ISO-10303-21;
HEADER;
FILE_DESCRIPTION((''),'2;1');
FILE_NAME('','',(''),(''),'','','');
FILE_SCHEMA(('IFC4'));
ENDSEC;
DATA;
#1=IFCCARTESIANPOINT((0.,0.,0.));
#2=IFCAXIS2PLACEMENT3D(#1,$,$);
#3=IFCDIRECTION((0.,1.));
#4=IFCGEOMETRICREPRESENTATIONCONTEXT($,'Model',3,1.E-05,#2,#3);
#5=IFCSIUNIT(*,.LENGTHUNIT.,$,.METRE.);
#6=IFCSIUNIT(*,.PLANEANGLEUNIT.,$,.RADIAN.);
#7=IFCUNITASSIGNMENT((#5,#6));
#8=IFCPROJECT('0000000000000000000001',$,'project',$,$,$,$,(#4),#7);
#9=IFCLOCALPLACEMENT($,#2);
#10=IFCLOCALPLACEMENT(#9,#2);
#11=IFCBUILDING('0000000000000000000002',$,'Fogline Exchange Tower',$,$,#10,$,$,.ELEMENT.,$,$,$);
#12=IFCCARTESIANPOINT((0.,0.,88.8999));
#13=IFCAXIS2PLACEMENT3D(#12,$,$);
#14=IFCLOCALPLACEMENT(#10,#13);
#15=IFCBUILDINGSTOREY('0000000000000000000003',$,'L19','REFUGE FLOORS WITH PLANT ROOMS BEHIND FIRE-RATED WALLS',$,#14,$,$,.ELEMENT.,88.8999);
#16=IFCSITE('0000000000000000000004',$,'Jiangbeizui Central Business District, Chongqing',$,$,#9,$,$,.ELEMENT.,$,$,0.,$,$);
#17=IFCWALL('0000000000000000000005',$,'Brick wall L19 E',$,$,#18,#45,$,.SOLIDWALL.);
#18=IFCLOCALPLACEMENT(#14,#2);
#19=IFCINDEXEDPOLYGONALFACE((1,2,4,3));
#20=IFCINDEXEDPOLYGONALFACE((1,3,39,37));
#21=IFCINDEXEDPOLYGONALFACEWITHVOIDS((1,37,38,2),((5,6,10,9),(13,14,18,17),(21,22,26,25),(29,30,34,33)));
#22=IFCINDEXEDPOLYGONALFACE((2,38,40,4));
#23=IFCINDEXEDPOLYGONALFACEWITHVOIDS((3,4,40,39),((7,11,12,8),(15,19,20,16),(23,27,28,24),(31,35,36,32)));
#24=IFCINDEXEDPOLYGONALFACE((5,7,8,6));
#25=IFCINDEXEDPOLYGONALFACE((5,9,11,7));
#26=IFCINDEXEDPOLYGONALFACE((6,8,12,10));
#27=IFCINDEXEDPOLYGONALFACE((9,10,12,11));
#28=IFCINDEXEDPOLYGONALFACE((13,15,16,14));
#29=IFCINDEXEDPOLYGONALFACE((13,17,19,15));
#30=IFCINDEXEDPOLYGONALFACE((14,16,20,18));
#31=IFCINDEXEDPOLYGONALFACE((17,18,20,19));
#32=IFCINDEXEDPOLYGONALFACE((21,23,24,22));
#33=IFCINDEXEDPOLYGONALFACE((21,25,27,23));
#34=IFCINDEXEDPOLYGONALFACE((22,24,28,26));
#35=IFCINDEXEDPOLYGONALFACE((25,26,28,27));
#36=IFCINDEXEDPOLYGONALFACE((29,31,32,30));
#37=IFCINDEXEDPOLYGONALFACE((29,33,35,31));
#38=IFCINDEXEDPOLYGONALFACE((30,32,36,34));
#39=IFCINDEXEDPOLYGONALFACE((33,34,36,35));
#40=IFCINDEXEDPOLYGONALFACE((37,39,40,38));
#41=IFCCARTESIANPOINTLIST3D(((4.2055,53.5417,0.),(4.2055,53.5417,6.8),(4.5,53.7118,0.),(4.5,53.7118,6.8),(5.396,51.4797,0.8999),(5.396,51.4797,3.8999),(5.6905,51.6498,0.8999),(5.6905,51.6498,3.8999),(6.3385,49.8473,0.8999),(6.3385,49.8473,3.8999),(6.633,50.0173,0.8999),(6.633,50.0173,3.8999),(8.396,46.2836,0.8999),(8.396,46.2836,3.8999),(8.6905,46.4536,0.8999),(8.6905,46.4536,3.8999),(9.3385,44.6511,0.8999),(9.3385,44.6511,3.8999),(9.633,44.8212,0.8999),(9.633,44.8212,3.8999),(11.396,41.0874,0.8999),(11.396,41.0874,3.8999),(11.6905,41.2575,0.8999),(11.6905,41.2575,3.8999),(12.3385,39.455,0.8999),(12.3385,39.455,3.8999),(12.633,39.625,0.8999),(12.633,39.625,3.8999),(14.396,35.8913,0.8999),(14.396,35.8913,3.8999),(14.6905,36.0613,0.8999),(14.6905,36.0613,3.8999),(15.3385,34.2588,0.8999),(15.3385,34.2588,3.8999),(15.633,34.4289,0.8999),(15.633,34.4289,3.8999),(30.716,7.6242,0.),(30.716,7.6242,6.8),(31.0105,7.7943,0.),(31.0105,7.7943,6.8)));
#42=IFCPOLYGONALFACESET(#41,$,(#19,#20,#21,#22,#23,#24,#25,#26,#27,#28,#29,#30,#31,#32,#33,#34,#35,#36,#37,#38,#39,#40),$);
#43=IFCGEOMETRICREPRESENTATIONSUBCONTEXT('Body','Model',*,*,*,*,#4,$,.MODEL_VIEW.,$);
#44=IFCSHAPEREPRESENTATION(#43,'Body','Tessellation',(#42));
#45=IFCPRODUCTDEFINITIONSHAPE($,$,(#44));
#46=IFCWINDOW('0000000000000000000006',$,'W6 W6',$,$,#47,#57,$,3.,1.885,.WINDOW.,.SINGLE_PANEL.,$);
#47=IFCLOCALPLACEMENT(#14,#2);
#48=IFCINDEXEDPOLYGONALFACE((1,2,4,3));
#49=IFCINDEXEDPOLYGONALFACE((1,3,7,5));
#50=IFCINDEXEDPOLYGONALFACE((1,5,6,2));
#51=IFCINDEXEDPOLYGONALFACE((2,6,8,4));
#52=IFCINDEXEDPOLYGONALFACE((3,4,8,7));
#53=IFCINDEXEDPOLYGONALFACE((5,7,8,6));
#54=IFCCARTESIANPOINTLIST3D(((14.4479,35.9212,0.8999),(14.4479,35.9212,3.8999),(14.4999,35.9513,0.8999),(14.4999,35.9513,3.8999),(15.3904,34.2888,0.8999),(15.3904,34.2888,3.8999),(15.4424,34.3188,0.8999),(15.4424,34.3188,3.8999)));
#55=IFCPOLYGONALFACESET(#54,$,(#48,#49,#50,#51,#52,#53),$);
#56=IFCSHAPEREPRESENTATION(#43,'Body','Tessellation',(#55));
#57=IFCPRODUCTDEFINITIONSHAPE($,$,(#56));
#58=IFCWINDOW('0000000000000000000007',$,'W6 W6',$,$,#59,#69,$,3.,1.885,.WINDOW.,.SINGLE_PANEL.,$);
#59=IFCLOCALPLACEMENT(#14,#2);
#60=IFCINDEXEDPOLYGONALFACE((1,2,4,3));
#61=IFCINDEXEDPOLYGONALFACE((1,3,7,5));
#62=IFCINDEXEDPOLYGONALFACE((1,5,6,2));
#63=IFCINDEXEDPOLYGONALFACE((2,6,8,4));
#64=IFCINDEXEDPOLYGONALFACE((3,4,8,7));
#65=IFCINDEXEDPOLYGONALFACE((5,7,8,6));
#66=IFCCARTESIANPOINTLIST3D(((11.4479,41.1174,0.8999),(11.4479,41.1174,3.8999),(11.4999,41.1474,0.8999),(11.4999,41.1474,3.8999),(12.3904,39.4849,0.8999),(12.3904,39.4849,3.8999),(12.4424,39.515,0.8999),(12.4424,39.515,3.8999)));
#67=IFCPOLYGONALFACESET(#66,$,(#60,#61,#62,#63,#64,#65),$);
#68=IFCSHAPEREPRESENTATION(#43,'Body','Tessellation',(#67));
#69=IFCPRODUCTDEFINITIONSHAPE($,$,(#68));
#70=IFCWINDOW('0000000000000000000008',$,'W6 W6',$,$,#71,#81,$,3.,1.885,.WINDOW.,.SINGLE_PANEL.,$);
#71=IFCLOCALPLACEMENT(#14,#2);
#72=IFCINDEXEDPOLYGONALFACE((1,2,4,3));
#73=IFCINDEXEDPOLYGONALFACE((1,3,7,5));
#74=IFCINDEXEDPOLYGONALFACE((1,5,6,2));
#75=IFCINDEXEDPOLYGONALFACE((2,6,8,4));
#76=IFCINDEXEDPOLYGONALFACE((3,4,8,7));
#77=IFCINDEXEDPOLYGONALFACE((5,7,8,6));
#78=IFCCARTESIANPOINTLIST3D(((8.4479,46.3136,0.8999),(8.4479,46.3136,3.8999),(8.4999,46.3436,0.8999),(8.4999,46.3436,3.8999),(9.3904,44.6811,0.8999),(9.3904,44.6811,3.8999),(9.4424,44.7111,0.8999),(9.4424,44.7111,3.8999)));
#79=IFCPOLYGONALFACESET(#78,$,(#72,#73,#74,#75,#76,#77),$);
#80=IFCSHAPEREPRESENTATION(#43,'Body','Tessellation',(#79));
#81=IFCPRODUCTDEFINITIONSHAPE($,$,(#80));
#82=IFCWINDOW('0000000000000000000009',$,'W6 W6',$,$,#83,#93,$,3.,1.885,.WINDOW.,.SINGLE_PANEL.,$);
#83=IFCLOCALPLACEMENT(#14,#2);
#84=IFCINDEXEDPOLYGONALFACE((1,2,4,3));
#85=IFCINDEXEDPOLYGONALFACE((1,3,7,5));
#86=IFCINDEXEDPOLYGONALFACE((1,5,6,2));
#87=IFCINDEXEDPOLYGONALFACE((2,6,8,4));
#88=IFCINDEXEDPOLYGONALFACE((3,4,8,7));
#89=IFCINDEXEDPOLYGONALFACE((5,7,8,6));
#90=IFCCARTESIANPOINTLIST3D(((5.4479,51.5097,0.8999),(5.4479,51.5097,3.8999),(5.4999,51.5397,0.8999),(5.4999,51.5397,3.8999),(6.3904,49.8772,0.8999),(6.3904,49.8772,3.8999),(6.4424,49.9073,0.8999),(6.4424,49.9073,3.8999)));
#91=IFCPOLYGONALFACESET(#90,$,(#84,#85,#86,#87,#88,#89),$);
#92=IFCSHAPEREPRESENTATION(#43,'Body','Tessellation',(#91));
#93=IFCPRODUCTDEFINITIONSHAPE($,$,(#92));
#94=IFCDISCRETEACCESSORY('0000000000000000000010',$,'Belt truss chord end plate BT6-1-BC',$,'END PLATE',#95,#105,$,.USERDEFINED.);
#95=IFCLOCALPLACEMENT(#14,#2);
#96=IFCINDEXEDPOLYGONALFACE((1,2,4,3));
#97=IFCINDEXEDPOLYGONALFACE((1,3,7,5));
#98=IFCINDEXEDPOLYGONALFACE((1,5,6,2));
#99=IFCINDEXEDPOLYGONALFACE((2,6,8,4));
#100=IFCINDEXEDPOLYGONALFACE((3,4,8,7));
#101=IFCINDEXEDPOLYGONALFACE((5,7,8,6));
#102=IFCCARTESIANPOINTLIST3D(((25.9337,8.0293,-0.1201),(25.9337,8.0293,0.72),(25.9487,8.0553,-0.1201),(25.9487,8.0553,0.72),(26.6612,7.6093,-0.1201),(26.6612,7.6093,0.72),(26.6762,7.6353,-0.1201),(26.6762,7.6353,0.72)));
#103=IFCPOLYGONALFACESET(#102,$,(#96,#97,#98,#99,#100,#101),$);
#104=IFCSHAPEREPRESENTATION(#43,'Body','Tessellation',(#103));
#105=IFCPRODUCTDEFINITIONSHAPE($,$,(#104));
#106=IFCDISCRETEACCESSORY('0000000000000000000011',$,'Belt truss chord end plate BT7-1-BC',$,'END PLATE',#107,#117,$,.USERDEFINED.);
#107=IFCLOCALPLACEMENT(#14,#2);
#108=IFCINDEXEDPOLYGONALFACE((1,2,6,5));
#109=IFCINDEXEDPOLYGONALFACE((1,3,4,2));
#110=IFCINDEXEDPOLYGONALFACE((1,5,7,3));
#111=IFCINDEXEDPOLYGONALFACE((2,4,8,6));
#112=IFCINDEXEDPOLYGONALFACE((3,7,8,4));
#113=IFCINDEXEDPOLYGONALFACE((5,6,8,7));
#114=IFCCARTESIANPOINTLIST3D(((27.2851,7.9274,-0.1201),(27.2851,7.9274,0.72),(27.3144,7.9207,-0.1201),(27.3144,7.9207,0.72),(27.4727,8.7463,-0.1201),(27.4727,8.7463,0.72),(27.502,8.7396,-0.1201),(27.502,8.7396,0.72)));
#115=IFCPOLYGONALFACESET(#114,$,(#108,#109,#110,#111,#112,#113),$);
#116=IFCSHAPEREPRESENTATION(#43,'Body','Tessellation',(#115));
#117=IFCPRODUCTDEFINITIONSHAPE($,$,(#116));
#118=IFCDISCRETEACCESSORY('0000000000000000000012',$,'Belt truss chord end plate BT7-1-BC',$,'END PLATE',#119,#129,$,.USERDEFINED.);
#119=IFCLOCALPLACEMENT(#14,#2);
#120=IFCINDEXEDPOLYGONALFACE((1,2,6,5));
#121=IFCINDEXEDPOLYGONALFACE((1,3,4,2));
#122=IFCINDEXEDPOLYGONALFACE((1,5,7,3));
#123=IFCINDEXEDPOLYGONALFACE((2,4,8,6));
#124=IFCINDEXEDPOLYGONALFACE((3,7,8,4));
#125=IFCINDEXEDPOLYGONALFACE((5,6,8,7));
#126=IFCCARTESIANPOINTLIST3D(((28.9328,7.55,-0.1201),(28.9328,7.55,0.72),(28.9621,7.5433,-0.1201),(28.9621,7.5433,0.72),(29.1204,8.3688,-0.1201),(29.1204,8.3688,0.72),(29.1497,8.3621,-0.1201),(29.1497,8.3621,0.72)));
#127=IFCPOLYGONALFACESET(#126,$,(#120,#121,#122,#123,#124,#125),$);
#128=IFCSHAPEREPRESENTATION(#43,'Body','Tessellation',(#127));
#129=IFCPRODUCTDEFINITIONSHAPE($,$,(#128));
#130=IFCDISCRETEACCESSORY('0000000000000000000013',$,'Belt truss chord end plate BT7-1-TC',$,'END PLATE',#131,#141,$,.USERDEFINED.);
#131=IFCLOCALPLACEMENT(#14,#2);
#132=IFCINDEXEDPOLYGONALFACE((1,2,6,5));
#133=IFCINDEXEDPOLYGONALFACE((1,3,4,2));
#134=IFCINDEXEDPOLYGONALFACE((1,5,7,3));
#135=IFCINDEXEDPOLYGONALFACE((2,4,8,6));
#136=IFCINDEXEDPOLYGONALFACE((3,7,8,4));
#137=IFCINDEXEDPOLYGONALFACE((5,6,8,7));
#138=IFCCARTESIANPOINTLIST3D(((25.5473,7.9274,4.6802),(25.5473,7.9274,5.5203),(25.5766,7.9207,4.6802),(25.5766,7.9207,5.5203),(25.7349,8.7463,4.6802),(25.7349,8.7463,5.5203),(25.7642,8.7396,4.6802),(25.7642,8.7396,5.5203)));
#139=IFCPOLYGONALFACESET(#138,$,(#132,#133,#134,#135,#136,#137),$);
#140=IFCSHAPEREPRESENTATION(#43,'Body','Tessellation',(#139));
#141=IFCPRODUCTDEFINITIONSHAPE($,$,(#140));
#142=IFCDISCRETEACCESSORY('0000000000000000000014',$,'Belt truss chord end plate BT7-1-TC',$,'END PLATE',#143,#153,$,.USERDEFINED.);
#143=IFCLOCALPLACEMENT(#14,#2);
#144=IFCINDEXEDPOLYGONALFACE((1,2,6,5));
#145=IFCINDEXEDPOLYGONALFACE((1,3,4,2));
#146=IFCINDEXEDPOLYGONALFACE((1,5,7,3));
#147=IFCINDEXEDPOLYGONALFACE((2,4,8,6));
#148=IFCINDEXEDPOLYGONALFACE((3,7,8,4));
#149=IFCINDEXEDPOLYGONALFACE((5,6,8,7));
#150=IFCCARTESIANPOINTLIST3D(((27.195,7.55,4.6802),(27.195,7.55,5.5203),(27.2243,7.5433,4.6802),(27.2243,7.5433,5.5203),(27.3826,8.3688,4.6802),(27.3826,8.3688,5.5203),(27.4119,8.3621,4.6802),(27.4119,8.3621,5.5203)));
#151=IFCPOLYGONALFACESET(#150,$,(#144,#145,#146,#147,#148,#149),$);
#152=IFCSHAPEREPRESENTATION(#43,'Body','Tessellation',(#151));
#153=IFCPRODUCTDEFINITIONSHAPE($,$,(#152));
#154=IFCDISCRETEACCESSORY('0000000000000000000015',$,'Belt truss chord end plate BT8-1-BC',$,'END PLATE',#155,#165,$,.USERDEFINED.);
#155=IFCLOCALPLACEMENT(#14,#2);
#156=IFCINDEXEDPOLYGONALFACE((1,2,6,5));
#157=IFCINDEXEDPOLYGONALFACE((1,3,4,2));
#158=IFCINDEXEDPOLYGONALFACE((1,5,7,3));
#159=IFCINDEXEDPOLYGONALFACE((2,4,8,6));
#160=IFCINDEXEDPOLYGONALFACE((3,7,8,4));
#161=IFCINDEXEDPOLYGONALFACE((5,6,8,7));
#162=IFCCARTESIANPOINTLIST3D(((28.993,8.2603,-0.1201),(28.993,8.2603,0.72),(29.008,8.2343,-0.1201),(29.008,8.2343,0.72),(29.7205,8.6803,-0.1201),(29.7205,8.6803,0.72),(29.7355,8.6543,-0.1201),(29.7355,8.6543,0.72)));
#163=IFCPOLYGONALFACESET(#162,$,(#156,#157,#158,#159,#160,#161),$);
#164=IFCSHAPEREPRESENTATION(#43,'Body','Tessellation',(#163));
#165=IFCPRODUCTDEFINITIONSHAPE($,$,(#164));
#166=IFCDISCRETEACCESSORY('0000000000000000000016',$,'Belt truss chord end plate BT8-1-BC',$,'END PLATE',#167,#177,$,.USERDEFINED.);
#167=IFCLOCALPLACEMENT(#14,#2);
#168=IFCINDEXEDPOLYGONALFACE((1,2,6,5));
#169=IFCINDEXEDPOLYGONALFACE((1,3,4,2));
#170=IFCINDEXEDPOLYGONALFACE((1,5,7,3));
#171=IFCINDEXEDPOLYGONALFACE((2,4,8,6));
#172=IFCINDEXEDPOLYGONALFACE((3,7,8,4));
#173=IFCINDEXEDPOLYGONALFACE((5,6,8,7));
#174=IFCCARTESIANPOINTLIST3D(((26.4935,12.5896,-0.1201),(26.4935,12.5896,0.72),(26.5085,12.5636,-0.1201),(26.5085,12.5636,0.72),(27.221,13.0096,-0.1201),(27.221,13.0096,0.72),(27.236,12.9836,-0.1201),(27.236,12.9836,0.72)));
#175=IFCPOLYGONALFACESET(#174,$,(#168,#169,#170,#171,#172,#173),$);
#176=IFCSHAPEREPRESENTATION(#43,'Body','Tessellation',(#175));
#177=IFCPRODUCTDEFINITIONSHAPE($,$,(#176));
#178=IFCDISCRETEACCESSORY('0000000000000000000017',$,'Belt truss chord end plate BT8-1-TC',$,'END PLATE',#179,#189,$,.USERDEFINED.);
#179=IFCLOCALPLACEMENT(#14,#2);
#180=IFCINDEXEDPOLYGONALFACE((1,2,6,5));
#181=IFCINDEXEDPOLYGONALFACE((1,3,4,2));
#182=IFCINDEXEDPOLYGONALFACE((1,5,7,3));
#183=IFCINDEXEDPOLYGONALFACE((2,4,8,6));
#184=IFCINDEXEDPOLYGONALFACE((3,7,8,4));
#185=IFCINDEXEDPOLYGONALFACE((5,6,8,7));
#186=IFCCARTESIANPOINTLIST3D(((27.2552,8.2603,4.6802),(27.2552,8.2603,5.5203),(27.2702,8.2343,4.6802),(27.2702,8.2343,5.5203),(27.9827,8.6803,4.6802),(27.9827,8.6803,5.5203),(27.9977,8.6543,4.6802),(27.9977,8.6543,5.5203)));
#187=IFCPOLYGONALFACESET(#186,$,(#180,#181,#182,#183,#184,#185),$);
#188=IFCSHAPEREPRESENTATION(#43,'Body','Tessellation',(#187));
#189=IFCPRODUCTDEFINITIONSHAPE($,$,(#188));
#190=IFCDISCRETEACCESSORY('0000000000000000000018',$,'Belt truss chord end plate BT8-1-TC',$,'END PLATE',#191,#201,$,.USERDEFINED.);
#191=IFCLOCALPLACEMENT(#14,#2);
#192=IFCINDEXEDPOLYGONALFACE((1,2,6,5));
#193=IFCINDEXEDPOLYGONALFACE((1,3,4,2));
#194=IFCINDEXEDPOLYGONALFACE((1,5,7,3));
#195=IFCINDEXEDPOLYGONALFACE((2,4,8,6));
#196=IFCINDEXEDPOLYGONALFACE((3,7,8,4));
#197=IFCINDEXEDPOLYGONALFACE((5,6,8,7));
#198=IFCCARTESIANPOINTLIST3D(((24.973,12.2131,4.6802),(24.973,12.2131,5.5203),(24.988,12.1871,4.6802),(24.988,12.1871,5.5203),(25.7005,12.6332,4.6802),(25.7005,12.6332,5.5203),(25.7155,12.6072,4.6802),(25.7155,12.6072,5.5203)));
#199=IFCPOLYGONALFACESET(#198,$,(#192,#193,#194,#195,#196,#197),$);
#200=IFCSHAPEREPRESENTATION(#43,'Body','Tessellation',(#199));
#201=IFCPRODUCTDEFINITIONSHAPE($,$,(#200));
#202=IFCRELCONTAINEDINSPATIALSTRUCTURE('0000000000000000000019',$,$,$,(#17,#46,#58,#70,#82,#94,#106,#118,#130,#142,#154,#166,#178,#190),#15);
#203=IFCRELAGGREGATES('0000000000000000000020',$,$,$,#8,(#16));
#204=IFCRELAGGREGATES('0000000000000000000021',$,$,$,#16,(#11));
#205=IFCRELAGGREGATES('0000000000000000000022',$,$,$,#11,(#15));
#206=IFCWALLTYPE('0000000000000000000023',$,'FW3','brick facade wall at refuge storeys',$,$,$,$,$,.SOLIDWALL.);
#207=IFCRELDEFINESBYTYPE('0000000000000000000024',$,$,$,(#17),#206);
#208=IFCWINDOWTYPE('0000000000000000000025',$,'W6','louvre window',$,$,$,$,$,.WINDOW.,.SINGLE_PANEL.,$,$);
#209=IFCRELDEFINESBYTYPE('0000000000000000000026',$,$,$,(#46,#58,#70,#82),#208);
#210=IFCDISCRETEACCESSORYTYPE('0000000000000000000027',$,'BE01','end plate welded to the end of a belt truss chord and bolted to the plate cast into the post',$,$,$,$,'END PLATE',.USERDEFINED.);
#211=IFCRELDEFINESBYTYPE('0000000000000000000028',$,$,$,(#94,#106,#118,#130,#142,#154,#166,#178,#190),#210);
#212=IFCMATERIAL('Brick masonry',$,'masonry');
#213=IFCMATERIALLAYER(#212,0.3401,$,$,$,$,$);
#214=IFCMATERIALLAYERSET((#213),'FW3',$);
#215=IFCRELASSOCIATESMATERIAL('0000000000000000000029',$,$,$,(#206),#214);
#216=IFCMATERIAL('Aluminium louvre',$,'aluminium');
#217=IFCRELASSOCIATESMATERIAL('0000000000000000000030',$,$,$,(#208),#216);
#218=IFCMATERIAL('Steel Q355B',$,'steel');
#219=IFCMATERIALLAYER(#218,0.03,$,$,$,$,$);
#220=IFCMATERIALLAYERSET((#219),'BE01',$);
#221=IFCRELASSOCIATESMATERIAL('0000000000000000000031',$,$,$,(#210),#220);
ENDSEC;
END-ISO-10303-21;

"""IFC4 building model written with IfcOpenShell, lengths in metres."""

from ifc_helpers import new_model, si_unit, direction, frame, frame_2d, origin, origin_2d, place, context, subcontext, project, spatial, rectangle, extrude, material, layer, layer_set, type_object, element, fill, save


model = new_model("IFC4")

# Units and contexts
model_context = context("Model", 3, precision=1e-05, world=origin(), true_north=direction((0.0, 1.0)))
body_context = subcontext(model_context, "Body", "Model", "MODEL_VIEW")
ifc_project = project(units=[si_unit("LENGTHUNIT", "METRE"), si_unit("PLANEANGLEUNIT", "RADIAN")], contexts=[model_context])

# Site, building, storey
site_placement = place(None, origin())
site = spatial("IfcSite", under=ifc_project, at=site_placement, Name="Jiangbeizui Central Business District, Chongqing", CompositionType="ELEMENT", RefElevation=0.0)
building_placement = place(site_placement, origin())
building = spatial("IfcBuilding", under=site, at=building_placement, Name="Fogline Exchange Tower", CompositionType="ELEMENT")
storey_placement = place(building_placement, frame((0.0, 0.0, 88.8999)))
storey = spatial("IfcBuildingStorey", under=building, at=storey_placement, Name="L19", Description="REFUGE FLOORS WITH PLANT ROOMS BEHIND FIRE-RATED WALLS", CompositionType="ELEMENT", Elevation=88.8999)

# Shared definitions
ifc_material_1 = material(Name="Steel Q355B", Category="steel")

# Shared definitions
ifc_material_2 = material(Name="Brick masonry", Category="masonry")
ifc_layer_1 = layer(ifc_material_2, 0.3401)
ifc_layer_set_1 = layer_set([ifc_layer_1], Name="FW3")
wall_type = type_object("IfcWallType", Name="FW3", Description="brick facade wall at refuge storeys", PredefinedType="SOLIDWALL", material=ifc_layer_set_1)

# Wall, openings, windows
wall_1_placement = place(storey_placement, frame((30.8633, 7.7092, 0.0), z_axis=(0.0, 0.0, 1.0), x_axis=(-0.5, 0.866025, 0.0)))
wall_1 = element("IfcWall", 1, at=wall_1_placement, inside=storey, type_object=wall_type, Name="Brick wall L19 E", PredefinedType="SOLIDWALL", context=body_context, shape_type="SweptSolid", body=[
    extrude(rectangle(XDim=53.021, YDim=0.3401, at=frame_2d((26.5105, 0.0))), origin(), (0.0, 0.0, 1.0), 6.8),
])
opening_1_placement = place(wall_1_placement, frame((30.7551, 0.0, 0.8999)))
opening_1 = element("IfcOpeningElement", 2, at=opening_1_placement, cuts=wall_1, PredefinedType="OPENING", context=body_context, shape_type="SweptSolid", body=[
    extrude(rectangle(XDim=1.885, YDim=3.0, at=frame_2d((0.9424, 1.5))), frame((0.0, 0.1802, 0.0), z_axis=(0.0, -1.0, 0.0), x_axis=(1.0, 0.0, 0.0)), (0.0, 0.0, 1.0), 0.3601),
])
opening_2_placement = place(wall_1_placement, frame((36.7551, 0.0, 0.8999)))
opening_2 = element("IfcOpeningElement", 3, at=opening_2_placement, cuts=wall_1, PredefinedType="OPENING", context=body_context, shape_type="SweptSolid", body=[
    extrude(rectangle(XDim=1.885, YDim=3.0, at=frame_2d((0.9424, 1.5))), frame((0.0, 0.1802, 0.0), z_axis=(0.0, -1.0, 0.0), x_axis=(1.0, 0.0, 0.0)), (0.0, 0.0, 1.0), 0.3601),
])
opening_3_placement = place(wall_1_placement, frame((42.7551, 0.0, 0.8999)))
opening_3 = element("IfcOpeningElement", 4, at=opening_3_placement, cuts=wall_1, PredefinedType="OPENING", context=body_context, shape_type="SweptSolid", body=[
    extrude(rectangle(XDim=1.885, YDim=3.0, at=frame_2d((0.9424, 1.5))), frame((0.0, 0.1802, 0.0), z_axis=(0.0, -1.0, 0.0), x_axis=(1.0, 0.0, 0.0)), (0.0, 0.0, 1.0), 0.3601),
])
opening_4_placement = place(wall_1_placement, frame((48.7551, 0.0, 0.8999)))
opening_4 = element("IfcOpeningElement", 5, at=opening_4_placement, cuts=wall_1, PredefinedType="OPENING", context=body_context, shape_type="SweptSolid", body=[
    extrude(rectangle(XDim=1.885, YDim=3.0, at=frame_2d((0.9424, 1.5))), frame((0.0, 0.1802, 0.0), z_axis=(0.0, -1.0, 0.0), x_axis=(1.0, 0.0, 0.0)), (0.0, 0.0, 1.0), 0.3601),
])
ifc_material_3 = material(Name="Aluminium louvre", Category="aluminium")
window_type = type_object("IfcWindowType", Name="W6", Description="louvre window", PartitioningType="SINGLE_PANEL", PredefinedType="WINDOW", material=ifc_material_3)
window_1_placement = place(opening_1_placement, origin())
window_1 = element("IfcWindow", 6, at=window_1_placement, inside=storey, type_object=window_type, Name="W6 W6", OverallHeight=3.0, OverallWidth=1.885, PartitioningType="SINGLE_PANEL", PredefinedType="WINDOW", context=body_context, shape_type="SweptSolid", body=[
    extrude(rectangle(XDim=1.885, YDim=3.0, at=frame_2d((0.9424, 1.5))), frame((0.0, 0.1101, 0.0), z_axis=(0.0, -1.0, 0.0), x_axis=(1.0, 0.0, 0.0)), (0.0, 0.0, 1.0), 0.0601),
])
fill(opening_1, window_1)
window_2_placement = place(opening_2_placement, origin())
window_2 = element("IfcWindow", 7, at=window_2_placement, inside=storey, type_object=window_type, Name="W6 W6", OverallHeight=3.0, OverallWidth=1.885, PartitioningType="SINGLE_PANEL", PredefinedType="WINDOW", context=body_context, shape_type="SweptSolid", body=[
    extrude(rectangle(XDim=1.885, YDim=3.0, at=frame_2d((0.9424, 1.5))), frame((0.0, 0.1101, 0.0), z_axis=(0.0, -1.0, 0.0), x_axis=(1.0, 0.0, 0.0)), (0.0, 0.0, 1.0), 0.0601),
])
fill(opening_2, window_2)
window_3_placement = place(opening_3_placement, origin())
window_3 = element("IfcWindow", 8, at=window_3_placement, inside=storey, type_object=window_type, Name="W6 W6", OverallHeight=3.0, OverallWidth=1.885, PartitioningType="SINGLE_PANEL", PredefinedType="WINDOW", context=body_context, shape_type="SweptSolid", body=[
    extrude(rectangle(XDim=1.885, YDim=3.0, at=frame_2d((0.9424, 1.5))), frame((0.0, 0.1101, 0.0), z_axis=(0.0, -1.0, 0.0), x_axis=(1.0, 0.0, 0.0)), (0.0, 0.0, 1.0), 0.0601),
])
fill(opening_3, window_3)
window_4_placement = place(opening_4_placement, origin())
window_4 = element("IfcWindow", 9, at=window_4_placement, inside=storey, type_object=window_type, Name="W6 W6", OverallHeight=3.0, OverallWidth=1.885, PartitioningType="SINGLE_PANEL", PredefinedType="WINDOW", context=body_context, shape_type="SweptSolid", body=[
    extrude(rectangle(XDim=1.885, YDim=3.0, at=frame_2d((0.9424, 1.5))), frame((0.0, 0.1101, 0.0), z_axis=(0.0, -1.0, 0.0), x_axis=(1.0, 0.0, 0.0)), (0.0, 0.0, 1.0), 0.0601),
])
fill(opening_4, window_4)

# Discrete accessories
ifc_layer_2 = layer(ifc_material_1, 0.03)
ifc_layer_set_2 = layer_set([ifc_layer_2], Name="BE01")
discrete_accessory_type = type_object("IfcDiscreteAccessoryType", Name="BE01", Description="end plate welded to the end of a belt truss chord and bolted to the plate cast into the post", ElementType="END PLATE", PredefinedType="USERDEFINED", material=ifc_layer_set_2)
for number, where, z_axis, x_axis, name in (
    (10, (26.3049, 7.8323, -0.1201), (0.0, 0.0, 1.0), (0.5, 0.866025, 0.0), "Belt truss chord end plate BT6-1-BC"),
    (11, (27.3936, 8.3335, -0.1201), (0.0, 0.0, 1.0), (-0.974743, 0.22333, 0.0), "Belt truss chord end plate BT7-1-BC"),
    (12, (29.0413, 7.9561, -0.1201), (0.0, 0.0, 1.0), (0.974743, -0.22333, 0.0), "Belt truss chord end plate BT7-1-BC"),
    (13, (25.6558, 8.3335, 4.6802), (0.0, 0.0, 1.0), (-0.974743, 0.22333, 0.0), "Belt truss chord end plate BT7-1-TC"),
    (14, (27.3035, 7.9561, 4.6802), (0.0, 0.0, 1.0), (0.974743, -0.22333, 0.0), "Belt truss chord end plate BT7-1-TC"),
    (15, (29.3643, 8.4573, -0.1201), (0.0, 0.0, 1.0), (0.5, -0.866025, 0.0), "Belt truss chord end plate BT8-1-BC"),
    (16, (26.8647, 12.7866, -0.1201), (0.0, 0.0, 1.0), (-0.5, 0.866025, 0.0), "Belt truss chord end plate BT8-1-BC"),
    (17, (27.6265, 8.4573, 4.6802), (0.0, 0.0, 1.0), (0.5, -0.866025, 0.0), "Belt truss chord end plate BT8-1-TC"),
    (18, (25.3442, 12.4102, 4.6802), (0.0, 0.0, 1.0), (-0.5, 0.866025, 0.0), "Belt truss chord end plate BT8-1-TC"),
):
    element("IfcDiscreteAccessory", number, at=place(storey_placement, frame(where, z_axis=z_axis, x_axis=x_axis)), inside=storey, type_object=discrete_accessory_type, Name=name, ObjectType="END PLATE", PredefinedType="USERDEFINED", context=body_context, shape_type="SweptSolid", body=[
        extrude(rectangle(XDim=0.03, YDim=0.8401, at=origin_2d()), origin(), (0.0, 0.0, 1.0), 0.8401),
    ])

save(model, "model.ifc")
